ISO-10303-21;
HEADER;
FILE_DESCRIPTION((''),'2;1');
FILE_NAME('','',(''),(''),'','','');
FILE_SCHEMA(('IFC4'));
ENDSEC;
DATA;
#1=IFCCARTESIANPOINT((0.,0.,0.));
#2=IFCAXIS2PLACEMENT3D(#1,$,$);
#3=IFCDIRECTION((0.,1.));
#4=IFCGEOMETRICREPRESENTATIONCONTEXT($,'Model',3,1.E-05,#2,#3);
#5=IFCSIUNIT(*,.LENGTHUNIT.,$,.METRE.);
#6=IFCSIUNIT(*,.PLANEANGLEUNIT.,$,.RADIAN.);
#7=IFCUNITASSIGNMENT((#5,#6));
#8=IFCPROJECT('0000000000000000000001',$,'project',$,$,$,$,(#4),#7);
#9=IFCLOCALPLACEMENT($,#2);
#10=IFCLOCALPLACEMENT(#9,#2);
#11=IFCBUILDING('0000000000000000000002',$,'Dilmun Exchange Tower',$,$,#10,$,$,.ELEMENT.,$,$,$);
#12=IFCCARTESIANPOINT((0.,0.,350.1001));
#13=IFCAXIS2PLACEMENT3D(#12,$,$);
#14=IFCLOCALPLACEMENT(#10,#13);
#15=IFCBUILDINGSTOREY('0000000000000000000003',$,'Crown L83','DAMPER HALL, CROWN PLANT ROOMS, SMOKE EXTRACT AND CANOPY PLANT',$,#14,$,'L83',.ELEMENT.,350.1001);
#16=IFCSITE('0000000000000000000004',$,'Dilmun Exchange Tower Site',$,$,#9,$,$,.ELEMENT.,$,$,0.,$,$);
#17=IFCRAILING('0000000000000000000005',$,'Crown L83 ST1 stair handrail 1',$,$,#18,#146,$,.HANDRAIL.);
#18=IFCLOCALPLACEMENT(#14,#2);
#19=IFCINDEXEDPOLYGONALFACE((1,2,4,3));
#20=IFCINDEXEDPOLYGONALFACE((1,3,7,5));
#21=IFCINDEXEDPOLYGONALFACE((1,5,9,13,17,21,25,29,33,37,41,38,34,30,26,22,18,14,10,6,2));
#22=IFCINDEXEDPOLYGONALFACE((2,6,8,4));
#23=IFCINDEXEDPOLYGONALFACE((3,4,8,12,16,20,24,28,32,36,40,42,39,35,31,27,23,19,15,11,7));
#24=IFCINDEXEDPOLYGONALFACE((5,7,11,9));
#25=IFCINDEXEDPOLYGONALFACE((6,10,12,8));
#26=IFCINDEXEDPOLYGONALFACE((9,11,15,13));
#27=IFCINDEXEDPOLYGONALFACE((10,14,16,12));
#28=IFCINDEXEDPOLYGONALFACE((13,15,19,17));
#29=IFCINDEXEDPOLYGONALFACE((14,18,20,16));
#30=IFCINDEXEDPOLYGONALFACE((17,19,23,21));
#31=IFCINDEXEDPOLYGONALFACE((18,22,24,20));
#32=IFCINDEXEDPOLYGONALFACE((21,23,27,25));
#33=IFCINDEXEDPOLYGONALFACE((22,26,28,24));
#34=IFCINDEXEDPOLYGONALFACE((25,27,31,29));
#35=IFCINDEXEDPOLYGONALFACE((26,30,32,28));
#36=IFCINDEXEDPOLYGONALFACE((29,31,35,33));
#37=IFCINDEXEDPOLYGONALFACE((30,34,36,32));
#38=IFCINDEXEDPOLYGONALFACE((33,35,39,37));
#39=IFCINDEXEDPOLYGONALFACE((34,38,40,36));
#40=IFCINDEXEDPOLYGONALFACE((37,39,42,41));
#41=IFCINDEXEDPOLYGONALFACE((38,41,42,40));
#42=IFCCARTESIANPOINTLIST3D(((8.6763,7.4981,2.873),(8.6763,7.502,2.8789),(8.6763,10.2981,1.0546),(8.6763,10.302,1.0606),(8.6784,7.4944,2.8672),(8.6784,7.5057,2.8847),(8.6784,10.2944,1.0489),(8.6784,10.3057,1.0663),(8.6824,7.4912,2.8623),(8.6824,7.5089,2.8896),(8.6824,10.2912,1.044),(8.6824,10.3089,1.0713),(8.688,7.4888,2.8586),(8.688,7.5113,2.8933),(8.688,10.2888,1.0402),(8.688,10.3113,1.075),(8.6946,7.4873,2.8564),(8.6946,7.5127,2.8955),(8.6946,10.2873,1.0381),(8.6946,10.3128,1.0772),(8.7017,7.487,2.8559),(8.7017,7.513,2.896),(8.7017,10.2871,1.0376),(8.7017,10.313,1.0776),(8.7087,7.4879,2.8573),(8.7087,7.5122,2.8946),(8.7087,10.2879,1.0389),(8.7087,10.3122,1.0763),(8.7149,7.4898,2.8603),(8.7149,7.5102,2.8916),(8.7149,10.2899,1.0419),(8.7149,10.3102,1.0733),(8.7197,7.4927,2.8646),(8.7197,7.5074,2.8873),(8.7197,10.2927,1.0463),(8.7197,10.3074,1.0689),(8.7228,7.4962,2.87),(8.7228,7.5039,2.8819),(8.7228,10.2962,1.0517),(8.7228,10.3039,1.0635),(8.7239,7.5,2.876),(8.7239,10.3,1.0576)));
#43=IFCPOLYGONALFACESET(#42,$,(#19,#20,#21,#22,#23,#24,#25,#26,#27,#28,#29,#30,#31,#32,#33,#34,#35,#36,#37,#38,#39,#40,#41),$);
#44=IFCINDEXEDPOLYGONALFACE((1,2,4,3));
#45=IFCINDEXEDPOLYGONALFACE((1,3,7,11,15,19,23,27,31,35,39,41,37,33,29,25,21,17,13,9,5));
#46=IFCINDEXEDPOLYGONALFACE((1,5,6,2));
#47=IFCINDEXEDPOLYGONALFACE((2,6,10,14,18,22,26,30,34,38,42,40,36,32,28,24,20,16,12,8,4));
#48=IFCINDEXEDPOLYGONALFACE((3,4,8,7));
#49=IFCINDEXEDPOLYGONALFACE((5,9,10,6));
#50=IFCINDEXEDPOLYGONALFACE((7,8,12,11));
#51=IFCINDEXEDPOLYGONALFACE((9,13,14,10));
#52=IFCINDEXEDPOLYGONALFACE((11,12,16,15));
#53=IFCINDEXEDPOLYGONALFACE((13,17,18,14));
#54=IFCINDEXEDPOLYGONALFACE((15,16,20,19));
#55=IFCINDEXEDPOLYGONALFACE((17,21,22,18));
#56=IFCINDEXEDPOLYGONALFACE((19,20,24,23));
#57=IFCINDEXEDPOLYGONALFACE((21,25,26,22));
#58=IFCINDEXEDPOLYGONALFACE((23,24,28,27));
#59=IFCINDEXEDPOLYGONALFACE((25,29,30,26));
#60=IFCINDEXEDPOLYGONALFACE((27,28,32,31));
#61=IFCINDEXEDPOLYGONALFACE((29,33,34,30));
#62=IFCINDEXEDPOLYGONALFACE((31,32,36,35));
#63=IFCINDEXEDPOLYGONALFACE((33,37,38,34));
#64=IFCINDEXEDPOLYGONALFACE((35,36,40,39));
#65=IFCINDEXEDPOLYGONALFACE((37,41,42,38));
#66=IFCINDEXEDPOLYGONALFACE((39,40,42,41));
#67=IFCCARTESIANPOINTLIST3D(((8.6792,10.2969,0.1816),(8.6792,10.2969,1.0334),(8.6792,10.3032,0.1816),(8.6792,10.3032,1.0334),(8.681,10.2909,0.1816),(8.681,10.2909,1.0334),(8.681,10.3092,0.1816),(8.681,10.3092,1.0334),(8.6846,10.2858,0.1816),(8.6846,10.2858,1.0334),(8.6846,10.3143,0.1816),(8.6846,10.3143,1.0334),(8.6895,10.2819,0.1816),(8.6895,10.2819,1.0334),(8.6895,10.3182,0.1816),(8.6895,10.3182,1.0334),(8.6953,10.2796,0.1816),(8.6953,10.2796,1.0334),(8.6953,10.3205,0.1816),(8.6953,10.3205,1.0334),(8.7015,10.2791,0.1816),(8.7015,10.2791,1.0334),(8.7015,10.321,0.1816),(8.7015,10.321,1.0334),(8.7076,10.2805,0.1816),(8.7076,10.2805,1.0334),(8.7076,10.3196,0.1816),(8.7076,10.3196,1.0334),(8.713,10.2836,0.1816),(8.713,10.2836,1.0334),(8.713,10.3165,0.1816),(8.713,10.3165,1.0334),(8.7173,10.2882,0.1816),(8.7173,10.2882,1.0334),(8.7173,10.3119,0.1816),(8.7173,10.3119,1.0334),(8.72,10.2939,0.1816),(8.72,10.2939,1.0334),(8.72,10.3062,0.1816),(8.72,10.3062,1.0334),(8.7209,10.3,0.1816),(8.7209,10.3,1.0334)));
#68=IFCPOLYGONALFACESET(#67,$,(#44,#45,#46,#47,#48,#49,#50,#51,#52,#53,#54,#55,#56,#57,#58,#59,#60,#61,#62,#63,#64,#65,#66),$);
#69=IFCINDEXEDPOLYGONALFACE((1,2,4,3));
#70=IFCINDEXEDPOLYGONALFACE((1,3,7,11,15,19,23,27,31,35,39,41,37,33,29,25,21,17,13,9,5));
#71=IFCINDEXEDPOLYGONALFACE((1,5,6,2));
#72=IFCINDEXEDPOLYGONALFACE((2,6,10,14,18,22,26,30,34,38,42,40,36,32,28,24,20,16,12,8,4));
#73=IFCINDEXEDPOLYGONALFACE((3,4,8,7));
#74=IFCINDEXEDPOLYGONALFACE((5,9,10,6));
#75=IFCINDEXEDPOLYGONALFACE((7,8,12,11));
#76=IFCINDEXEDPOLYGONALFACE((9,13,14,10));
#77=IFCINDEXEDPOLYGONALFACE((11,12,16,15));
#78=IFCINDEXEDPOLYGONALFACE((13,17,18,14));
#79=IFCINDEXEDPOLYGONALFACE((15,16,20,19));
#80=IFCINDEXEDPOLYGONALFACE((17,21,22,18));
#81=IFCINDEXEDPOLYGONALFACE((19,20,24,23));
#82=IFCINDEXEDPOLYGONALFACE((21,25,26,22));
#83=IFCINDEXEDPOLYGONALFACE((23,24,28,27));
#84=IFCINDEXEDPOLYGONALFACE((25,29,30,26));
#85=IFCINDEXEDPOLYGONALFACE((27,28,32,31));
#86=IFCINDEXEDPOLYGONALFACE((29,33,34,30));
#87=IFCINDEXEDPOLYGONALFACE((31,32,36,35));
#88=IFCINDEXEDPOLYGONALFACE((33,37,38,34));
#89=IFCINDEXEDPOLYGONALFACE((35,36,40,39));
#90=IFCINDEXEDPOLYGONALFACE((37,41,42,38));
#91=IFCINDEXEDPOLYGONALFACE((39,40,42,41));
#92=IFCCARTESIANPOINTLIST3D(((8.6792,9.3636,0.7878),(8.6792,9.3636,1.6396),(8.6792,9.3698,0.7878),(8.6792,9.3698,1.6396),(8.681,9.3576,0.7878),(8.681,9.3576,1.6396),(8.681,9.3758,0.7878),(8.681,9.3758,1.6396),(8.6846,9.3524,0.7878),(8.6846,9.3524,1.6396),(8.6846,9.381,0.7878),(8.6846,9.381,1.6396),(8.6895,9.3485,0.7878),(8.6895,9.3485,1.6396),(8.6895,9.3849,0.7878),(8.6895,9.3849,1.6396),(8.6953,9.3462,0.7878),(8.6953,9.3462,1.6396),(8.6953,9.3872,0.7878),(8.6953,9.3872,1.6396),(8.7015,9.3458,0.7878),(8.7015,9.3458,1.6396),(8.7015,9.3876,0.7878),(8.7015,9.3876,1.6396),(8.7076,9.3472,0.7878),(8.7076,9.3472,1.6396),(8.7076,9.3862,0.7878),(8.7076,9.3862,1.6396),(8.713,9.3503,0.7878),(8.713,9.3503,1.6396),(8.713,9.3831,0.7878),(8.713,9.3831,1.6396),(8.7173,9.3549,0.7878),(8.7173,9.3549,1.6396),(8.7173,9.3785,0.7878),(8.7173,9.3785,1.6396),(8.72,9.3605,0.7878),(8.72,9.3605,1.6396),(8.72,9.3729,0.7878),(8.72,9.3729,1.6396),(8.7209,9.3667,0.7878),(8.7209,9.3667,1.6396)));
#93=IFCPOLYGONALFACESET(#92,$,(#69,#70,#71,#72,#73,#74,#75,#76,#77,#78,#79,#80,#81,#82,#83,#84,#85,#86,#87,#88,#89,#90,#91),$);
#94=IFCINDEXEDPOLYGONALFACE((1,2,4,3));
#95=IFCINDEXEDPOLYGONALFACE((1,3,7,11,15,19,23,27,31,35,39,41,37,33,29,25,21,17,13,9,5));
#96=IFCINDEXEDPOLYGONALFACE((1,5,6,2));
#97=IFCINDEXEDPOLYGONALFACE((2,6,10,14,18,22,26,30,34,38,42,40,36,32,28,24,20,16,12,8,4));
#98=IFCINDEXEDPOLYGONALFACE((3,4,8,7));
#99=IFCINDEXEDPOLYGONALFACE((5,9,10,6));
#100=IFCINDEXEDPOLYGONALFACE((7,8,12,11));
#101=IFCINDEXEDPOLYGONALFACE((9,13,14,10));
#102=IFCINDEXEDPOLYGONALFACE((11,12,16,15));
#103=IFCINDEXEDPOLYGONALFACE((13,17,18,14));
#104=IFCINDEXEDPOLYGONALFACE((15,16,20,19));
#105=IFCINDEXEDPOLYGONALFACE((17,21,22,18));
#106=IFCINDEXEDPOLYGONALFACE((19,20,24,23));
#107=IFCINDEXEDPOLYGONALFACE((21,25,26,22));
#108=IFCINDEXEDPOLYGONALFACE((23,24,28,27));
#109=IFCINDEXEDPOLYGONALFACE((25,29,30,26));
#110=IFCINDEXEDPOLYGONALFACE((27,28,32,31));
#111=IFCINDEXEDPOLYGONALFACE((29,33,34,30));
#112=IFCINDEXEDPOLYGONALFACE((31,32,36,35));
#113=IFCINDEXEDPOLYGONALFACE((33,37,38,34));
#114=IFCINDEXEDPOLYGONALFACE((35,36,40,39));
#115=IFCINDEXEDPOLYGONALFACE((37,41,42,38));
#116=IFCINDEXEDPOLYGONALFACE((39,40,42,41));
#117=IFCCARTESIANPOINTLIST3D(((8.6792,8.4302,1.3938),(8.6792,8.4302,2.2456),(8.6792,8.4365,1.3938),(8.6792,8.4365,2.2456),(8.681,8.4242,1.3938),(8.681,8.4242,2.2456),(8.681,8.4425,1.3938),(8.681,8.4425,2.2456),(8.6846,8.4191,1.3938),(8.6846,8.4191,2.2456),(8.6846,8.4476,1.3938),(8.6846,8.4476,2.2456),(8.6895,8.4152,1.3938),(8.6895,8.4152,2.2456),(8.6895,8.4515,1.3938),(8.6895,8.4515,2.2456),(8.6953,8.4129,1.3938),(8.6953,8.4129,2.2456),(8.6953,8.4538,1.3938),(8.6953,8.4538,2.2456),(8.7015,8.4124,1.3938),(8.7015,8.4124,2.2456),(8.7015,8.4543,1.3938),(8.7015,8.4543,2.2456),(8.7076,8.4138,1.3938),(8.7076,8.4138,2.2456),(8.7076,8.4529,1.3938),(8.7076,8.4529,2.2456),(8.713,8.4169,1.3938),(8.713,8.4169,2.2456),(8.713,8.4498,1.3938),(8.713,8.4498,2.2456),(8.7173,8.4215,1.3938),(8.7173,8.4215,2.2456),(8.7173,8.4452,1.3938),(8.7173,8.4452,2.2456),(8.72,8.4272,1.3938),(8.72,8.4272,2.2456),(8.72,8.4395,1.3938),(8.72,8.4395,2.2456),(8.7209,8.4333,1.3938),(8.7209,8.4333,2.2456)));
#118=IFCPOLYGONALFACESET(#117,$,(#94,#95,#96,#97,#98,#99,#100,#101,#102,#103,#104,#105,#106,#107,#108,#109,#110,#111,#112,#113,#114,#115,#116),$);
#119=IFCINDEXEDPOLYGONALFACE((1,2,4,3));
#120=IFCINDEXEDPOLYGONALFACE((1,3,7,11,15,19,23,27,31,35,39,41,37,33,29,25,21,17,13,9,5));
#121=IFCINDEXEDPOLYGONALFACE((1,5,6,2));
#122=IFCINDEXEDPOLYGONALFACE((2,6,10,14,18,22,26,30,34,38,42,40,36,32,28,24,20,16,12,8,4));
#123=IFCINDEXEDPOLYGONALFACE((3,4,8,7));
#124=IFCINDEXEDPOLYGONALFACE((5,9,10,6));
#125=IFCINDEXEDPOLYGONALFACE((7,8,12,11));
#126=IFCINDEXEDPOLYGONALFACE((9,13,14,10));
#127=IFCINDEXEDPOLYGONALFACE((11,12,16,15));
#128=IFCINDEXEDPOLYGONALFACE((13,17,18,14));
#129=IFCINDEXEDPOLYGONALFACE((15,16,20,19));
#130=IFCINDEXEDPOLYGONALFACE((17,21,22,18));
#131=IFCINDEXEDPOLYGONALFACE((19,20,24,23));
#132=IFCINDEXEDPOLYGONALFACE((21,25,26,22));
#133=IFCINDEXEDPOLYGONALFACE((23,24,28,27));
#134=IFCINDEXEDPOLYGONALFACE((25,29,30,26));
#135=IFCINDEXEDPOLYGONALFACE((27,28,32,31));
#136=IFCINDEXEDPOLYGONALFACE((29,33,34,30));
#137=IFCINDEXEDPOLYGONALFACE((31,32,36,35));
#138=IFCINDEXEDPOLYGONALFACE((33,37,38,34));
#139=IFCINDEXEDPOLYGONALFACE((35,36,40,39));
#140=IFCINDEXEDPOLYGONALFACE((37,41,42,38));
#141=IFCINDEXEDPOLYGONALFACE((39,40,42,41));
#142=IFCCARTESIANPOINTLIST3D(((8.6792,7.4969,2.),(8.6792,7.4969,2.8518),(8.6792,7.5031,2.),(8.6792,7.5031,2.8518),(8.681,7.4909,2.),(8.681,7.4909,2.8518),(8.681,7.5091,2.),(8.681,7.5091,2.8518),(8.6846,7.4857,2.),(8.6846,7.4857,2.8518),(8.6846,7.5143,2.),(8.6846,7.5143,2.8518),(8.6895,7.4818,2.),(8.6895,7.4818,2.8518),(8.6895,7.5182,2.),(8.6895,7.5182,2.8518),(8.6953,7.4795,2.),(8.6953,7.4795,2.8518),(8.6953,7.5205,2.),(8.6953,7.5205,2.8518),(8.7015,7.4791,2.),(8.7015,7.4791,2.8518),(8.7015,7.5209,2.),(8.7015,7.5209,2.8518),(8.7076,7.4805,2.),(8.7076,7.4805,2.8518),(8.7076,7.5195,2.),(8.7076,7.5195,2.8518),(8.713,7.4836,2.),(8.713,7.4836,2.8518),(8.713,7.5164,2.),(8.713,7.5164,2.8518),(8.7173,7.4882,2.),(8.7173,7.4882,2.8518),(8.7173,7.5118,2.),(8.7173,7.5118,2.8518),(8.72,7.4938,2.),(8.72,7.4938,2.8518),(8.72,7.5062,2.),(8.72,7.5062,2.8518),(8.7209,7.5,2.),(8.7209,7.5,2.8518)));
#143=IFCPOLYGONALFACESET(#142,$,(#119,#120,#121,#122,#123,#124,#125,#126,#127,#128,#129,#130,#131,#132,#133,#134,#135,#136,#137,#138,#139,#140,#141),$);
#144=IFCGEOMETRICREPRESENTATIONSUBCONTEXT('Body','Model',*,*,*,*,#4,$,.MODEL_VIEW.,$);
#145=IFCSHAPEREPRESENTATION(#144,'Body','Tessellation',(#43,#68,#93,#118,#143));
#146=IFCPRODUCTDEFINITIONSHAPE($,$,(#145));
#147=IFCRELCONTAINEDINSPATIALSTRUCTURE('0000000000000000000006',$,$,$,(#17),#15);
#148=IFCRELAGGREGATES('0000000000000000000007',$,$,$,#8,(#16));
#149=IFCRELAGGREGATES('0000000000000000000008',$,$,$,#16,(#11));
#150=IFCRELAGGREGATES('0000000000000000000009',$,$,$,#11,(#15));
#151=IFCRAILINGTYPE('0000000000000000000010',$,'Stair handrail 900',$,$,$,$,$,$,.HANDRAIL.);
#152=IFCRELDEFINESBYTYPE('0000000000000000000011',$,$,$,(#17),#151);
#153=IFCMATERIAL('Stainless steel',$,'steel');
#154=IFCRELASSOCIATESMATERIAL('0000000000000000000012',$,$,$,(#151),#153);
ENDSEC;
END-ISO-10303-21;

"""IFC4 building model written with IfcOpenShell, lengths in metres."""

from ifc_helpers import new_model, si_unit, direction, frame, origin, origin_2d, place, context, subcontext, project, spatial, circle, extrude, material, type_object, element, save


model = new_model("IFC4")

# Units and contexts
model_context = context("Model", 3, precision=1e-05, world=origin(), true_north=direction((0.0, 1.0)))
body_context = subcontext(model_context, "Body", "Model", "MODEL_VIEW")
ifc_project = project(units=[si_unit("LENGTHUNIT", "METRE"), si_unit("PLANEANGLEUNIT", "RADIAN")], contexts=[model_context])

# Site, building, storey
site_placement = place(None, origin())
site = spatial("IfcSite", under=ifc_project, at=site_placement, Name="Dilmun Exchange Tower Site", CompositionType="ELEMENT", RefElevation=0.0)
building_placement = place(site_placement, origin())
building = spatial("IfcBuilding", under=site, at=building_placement, Name="Dilmun Exchange Tower", CompositionType="ELEMENT")
storey_placement = place(building_placement, frame((0.0, 0.0, 350.1001)))
storey = spatial("IfcBuildingStorey", under=building, at=storey_placement, Name="Crown L83", Description="DAMPER HALL, CROWN PLANT ROOMS, SMOKE EXTRACT AND CANOPY PLANT", LongName="L83", CompositionType="ELEMENT", Elevation=350.1001)

# Railing
ifc_material_1 = material(Name="Stainless steel", Category="steel")
railing_type = type_object("IfcRailingType", Name="Stair handrail 900", PredefinedType="HANDRAIL", material=ifc_material_1)
railing_1_placement = place(storey_placement, frame((8.7, 10.3, 0.1816)))
element("IfcRailing", 1, at=railing_1_placement, inside=storey, type_object=railing_type, Name="Crown L83 ST1 stair handrail 1", PredefinedType="HANDRAIL", context=body_context, shape_type="SweptSolid", body=[
    extrude(circle(Radius=0.0239, at=origin_2d()), frame((0.0, 0.0, 0.876), z_axis=(0.0, -0.838672, 0.544636), x_axis=(1.0, 0.0, 0.0)), (0.0, 0.0, 1.0), 3.3386),
    extrude(circle(Radius=0.021, at=origin_2d()), origin(), (0.0, 0.0, 1.0), 0.8518),
    extrude(circle(Radius=0.021, at=origin_2d()), frame((0.0, -0.9333, 0.6062)), (0.0, 0.0, 1.0), 0.8518),
    extrude(circle(Radius=0.021, at=origin_2d()), frame((0.0, -1.8667, 1.2122)), (0.0, 0.0, 1.0), 0.8518),
    extrude(circle(Radius=0.021, at=origin_2d()), frame((0.0, -2.8, 1.8184)), (0.0, 0.0, 1.0), 0.8518),
])

save(model, "model.ifc")
